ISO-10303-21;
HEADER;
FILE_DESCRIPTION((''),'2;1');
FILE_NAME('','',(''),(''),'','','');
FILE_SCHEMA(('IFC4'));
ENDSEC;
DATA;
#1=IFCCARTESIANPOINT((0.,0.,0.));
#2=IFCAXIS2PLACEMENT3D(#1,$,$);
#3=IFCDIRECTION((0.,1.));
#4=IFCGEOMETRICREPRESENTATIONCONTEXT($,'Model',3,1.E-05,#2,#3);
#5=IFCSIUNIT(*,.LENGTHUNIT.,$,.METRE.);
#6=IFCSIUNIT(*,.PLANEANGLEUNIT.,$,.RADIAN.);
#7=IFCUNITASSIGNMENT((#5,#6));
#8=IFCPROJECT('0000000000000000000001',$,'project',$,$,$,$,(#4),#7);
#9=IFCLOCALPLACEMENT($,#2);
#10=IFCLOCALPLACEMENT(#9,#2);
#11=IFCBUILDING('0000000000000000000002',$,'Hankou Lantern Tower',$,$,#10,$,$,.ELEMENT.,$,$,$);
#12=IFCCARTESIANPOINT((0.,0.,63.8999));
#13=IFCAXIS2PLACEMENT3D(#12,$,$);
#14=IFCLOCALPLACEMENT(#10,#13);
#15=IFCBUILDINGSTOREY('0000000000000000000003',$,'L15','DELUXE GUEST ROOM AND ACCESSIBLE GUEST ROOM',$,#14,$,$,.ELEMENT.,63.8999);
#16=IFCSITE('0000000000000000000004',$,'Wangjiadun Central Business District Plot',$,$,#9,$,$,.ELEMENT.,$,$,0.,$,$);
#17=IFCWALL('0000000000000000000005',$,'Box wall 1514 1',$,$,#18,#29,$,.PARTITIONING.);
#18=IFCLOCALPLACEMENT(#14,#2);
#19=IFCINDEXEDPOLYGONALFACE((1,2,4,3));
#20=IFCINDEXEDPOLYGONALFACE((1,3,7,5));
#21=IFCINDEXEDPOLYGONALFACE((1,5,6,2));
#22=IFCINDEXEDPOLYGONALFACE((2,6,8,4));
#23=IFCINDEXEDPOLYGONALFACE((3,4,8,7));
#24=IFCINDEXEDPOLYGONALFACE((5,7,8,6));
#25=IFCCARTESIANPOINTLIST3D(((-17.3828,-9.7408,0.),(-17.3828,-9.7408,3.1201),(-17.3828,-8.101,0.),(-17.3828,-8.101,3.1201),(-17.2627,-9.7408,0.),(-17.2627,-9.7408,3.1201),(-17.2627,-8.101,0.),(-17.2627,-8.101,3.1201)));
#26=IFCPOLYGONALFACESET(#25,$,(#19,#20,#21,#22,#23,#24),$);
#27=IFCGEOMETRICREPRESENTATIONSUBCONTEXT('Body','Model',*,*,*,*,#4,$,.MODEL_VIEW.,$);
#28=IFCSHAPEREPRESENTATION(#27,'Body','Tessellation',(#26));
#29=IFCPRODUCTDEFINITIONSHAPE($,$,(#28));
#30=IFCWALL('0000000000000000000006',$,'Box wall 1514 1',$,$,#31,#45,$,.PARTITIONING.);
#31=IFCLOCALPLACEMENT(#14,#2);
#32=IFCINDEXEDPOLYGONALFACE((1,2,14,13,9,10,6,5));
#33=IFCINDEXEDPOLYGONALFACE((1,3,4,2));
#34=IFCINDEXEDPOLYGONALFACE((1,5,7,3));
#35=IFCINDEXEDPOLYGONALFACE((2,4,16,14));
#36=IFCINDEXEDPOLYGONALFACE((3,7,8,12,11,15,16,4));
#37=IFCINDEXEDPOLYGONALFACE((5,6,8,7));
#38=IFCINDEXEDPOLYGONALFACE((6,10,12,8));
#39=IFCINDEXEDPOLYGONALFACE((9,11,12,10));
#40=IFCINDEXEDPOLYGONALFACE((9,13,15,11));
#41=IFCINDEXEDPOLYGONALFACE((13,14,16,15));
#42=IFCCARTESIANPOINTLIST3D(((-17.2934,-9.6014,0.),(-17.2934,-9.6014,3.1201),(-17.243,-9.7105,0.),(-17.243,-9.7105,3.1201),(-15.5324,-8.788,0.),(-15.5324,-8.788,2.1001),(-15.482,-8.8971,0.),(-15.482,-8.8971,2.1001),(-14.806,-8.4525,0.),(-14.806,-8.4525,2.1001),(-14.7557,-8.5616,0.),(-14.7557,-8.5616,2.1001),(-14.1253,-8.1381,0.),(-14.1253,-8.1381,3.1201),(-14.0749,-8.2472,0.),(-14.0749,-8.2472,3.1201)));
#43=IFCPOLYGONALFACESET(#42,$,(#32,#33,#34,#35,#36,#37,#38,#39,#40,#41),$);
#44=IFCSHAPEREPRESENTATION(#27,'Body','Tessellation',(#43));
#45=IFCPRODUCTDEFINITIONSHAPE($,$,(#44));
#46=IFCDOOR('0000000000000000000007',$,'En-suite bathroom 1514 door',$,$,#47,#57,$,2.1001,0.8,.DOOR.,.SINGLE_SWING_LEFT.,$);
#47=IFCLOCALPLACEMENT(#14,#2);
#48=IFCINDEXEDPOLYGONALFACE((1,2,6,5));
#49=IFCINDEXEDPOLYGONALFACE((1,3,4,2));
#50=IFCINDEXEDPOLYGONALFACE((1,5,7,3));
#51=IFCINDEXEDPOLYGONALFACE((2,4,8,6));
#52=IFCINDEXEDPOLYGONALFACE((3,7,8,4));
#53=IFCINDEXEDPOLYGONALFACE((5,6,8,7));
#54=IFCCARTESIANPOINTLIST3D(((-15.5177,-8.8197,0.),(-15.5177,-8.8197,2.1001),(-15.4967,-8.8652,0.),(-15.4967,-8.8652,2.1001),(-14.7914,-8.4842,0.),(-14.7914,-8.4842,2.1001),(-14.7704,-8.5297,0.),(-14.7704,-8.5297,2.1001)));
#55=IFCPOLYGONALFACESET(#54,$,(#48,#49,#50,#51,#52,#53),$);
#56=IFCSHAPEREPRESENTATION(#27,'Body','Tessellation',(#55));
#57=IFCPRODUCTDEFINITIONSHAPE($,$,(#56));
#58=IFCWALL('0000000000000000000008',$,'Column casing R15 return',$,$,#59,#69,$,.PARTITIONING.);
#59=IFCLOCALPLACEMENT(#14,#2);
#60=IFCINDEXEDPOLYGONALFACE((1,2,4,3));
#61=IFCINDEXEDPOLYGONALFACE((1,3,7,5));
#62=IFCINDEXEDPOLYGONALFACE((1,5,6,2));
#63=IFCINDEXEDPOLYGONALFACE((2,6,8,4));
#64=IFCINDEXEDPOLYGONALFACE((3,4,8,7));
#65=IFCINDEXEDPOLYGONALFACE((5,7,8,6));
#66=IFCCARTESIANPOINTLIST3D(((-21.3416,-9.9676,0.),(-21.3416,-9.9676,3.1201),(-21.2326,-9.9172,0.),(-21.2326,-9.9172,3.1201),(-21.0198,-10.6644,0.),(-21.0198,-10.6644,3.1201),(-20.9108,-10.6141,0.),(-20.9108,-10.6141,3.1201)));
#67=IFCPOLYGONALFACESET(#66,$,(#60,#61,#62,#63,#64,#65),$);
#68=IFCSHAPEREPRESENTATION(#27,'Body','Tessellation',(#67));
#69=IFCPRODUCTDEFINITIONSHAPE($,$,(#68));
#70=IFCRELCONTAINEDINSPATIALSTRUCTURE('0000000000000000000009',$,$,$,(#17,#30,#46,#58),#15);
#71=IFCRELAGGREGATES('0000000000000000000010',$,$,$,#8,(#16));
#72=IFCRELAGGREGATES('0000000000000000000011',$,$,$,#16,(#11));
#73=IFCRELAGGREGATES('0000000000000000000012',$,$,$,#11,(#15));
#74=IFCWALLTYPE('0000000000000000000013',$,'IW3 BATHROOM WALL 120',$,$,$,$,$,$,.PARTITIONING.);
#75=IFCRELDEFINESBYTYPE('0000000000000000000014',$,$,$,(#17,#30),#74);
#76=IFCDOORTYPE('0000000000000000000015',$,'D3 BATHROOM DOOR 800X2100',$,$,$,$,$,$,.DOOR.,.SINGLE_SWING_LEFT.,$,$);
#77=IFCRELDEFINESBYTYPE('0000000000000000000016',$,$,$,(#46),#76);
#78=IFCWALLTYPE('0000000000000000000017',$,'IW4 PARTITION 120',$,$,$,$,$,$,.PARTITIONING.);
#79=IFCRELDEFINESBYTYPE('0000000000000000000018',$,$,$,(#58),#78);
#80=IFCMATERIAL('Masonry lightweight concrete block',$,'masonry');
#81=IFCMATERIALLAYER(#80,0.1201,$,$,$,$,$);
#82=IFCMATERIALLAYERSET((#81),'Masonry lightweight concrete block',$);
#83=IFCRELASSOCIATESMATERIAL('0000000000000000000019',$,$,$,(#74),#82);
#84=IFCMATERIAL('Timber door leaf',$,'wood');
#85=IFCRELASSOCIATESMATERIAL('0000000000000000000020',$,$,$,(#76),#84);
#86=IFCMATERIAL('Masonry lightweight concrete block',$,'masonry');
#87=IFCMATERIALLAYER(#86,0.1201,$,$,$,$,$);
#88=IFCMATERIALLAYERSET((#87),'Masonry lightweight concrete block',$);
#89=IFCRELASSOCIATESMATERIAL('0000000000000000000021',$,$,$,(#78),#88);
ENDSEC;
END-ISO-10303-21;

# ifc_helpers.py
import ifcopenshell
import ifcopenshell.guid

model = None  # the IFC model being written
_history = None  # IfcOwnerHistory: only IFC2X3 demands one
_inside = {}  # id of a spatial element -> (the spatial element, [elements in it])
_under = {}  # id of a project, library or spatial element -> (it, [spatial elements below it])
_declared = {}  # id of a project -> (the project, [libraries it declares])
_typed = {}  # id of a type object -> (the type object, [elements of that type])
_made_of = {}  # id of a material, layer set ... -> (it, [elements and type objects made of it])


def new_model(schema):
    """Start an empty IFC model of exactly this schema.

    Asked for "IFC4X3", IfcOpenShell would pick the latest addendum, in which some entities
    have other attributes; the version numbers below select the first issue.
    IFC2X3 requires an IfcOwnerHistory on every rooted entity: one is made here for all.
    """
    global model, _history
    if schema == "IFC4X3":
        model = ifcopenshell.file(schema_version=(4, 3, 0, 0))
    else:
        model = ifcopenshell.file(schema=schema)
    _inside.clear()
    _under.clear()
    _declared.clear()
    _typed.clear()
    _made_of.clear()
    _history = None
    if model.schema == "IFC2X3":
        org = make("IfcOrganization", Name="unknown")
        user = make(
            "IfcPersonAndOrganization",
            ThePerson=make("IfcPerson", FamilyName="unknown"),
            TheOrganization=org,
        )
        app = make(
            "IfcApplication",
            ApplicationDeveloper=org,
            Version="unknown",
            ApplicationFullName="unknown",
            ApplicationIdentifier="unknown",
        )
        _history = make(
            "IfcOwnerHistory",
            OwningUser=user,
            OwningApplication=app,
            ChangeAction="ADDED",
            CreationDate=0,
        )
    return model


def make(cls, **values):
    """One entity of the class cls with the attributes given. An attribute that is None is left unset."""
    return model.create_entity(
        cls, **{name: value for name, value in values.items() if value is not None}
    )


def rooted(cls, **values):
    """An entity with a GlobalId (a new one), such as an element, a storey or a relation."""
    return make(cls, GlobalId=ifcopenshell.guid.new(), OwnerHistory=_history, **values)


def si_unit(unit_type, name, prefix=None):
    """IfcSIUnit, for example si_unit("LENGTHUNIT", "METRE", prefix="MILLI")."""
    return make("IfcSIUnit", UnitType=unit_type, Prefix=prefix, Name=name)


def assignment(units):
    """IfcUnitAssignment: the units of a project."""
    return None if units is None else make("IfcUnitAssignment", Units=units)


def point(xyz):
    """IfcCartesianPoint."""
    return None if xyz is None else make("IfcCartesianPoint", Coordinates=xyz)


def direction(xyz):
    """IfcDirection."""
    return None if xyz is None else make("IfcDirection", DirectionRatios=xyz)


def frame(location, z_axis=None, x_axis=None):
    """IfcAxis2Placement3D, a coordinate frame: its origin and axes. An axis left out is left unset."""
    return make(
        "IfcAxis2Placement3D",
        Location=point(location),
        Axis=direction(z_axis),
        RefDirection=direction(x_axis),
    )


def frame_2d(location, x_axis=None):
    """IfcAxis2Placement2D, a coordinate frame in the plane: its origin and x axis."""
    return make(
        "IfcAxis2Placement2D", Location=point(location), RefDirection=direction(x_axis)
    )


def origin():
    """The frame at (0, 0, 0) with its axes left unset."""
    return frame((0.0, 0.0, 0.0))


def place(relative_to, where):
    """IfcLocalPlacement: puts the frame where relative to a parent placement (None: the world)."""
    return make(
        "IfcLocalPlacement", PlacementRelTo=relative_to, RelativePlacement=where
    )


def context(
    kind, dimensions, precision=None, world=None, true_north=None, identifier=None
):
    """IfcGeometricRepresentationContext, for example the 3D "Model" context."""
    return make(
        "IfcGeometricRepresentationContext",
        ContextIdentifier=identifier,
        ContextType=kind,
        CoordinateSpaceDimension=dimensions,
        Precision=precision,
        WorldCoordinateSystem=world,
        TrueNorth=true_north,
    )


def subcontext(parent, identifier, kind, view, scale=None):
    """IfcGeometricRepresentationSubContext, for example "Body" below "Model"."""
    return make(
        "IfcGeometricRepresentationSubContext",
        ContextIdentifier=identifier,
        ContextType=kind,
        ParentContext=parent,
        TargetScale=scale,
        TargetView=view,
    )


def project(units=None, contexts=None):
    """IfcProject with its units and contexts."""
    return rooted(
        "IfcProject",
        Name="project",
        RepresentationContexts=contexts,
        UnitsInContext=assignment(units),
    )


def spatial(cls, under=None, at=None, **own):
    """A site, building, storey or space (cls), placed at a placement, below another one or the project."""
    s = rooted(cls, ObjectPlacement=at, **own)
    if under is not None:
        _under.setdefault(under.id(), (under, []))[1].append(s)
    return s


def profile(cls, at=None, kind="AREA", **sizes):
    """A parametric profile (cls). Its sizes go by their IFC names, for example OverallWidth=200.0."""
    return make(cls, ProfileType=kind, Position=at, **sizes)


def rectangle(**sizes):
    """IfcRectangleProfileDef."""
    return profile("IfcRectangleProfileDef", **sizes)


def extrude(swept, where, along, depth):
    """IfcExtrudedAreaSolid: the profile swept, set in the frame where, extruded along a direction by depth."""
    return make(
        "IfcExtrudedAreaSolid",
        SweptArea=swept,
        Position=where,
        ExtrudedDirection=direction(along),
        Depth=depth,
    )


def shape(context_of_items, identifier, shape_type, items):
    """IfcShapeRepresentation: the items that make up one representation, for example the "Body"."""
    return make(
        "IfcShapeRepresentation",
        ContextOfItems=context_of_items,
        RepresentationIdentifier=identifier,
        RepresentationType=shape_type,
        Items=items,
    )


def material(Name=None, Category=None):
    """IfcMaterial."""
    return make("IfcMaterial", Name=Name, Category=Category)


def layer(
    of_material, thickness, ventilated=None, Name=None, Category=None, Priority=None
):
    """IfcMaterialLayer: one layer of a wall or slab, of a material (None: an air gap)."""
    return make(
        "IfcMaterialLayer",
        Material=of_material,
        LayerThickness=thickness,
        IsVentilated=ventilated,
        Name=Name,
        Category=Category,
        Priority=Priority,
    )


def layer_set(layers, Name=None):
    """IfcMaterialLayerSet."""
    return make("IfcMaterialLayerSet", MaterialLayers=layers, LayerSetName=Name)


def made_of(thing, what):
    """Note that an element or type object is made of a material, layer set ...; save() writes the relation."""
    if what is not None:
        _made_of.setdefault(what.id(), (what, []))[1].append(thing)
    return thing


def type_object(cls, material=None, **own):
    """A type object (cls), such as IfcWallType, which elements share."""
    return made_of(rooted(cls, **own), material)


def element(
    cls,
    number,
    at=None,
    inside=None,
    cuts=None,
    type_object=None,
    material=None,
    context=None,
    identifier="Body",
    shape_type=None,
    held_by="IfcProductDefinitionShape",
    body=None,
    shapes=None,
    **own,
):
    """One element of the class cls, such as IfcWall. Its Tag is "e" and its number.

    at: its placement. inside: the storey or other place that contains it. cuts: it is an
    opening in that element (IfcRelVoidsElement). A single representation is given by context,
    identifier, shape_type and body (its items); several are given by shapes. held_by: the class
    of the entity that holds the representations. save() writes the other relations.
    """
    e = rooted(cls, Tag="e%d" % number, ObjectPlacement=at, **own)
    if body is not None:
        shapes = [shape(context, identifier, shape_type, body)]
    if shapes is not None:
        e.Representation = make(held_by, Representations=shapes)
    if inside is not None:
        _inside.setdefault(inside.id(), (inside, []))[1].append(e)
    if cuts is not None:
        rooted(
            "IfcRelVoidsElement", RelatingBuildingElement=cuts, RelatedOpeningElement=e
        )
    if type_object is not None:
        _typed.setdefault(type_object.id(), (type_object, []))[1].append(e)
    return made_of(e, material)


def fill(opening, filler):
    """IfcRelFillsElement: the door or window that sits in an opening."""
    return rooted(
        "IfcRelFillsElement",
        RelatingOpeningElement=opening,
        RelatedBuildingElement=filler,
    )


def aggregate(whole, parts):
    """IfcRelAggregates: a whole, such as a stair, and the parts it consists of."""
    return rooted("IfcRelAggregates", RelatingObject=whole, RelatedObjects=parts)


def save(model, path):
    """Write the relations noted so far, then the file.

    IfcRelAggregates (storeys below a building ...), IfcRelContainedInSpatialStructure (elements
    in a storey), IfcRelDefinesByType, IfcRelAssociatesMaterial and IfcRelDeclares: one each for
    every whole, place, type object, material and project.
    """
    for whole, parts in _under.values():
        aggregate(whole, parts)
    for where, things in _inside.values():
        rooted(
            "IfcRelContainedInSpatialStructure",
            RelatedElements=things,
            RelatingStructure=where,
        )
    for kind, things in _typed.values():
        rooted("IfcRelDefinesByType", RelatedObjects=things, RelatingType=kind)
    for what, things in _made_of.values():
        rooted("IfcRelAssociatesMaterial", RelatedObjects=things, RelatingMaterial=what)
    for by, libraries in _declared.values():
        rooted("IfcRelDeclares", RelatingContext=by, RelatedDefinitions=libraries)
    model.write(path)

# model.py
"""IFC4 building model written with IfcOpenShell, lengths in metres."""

from ifc_helpers import new_model, si_unit, direction, frame, frame_2d, origin, place, context, subcontext, project, spatial, rectangle, extrude, material, layer, layer_set, type_object, element, fill, save


model = new_model("IFC4")

# Units and contexts
model_context = context("Model", 3, precision=1e-05, world=origin(), true_north=direction((0.0, 1.0)))
body_context = subcontext(model_context, "Body", "Model", "MODEL_VIEW")
ifc_project = project(units=[si_unit("LENGTHUNIT", "METRE"), si_unit("PLANEANGLEUNIT", "RADIAN")], contexts=[model_context])

# Site, building, storey
site_placement = place(None, origin())
site = spatial("IfcSite", under=ifc_project, at=site_placement, Name="Wangjiadun Central Business District Plot", CompositionType="ELEMENT", RefElevation=0.0)
building_placement = place(site_placement, origin())
building = spatial("IfcBuilding", under=site, at=building_placement, Name="Hankou Lantern Tower", CompositionType="ELEMENT")
storey_placement = place(building_placement, frame((0.0, 0.0, 63.8999)))
storey = spatial("IfcBuildingStorey", under=building, at=storey_placement, Name="L15", Description="DELUXE GUEST ROOM AND ACCESSIBLE GUEST ROOM", CompositionType="ELEMENT", Elevation=63.8999)

# Shared definitions
ifc_material_1 = material(Name="Masonry lightweight concrete block", Category="masonry")
ifc_layer_1 = layer(ifc_material_1, 0.1201)
ifc_layer_set_1 = layer_set([ifc_layer_1], Name="Masonry lightweight concrete block")
wall_type_1 = type_object("IfcWallType", Name="IW3 BATHROOM WALL 120", PredefinedType="PARTITIONING", material=ifc_layer_set_1)

# Wall
wall_1_placement = place(storey_placement, frame((-17.3228, -8.1011, 0.0), z_axis=(0.0, 0.0, 1.0), x_axis=(0.0, -1.0, 0.0)))
element("IfcWall", 1, at=wall_1_placement, inside=storey, type_object=wall_type_1, Name="Box wall 1514 1", PredefinedType="PARTITIONING", context=body_context, shape_type="SweptSolid", body=[
    extrude(rectangle(XDim=1.6399, YDim=0.1201, at=frame_2d((0.8198, 0.0))), origin(), (0.0, 0.0, 1.0), 3.1201),
])

# Wall, opening, door
wall_2_placement = place(storey_placement, frame((-14.1001, -8.1926, 0.0), z_axis=(0.0, 0.0, 1.0), x_axis=(-0.907836, -0.419324, 0.0)))
wall_2 = element("IfcWall", 2, at=wall_2_placement, inside=storey, type_object=wall_type_1, Name="Box wall 1514 1", PredefinedType="PARTITIONING", context=body_context, shape_type="SweptSolid", body=[
    extrude(rectangle(XDim=3.4897, YDim=0.1201, at=frame_2d((1.7449, 0.0))), origin(), (0.0, 0.0, 1.0), 3.1201),
])
opening_1_placement = place(wall_2_placement, frame((0.75, 0.0, 0.0)))
opening_1 = element("IfcOpeningElement", 3, at=opening_1_placement, cuts=wall_2, PredefinedType="OPENING", context=body_context, shape_type="SweptSolid", body=[
    extrude(rectangle(XDim=0.8, YDim=2.1001, at=frame_2d((0.3999, 1.05))), frame((0.0, 0.0701, 0.0), z_axis=(0.0, -1.0, 0.0), x_axis=(1.0, 0.0, 0.0)), (0.0, 0.0, 1.0), 0.1401),
])
ifc_material_2 = material(Name="Timber door leaf", Category="wood")
door_type_1 = type_object("IfcDoorType", Name="D3 BATHROOM DOOR 800X2100", OperationType="SINGLE_SWING_LEFT", PredefinedType="DOOR", material=ifc_material_2)
door_1_placement = place(opening_1_placement, origin())
door_1 = element("IfcDoor", 4, at=door_1_placement, inside=storey, type_object=door_type_1, Name="En-suite bathroom 1514 door", OperationType="SINGLE_SWING_LEFT", OverallHeight=2.1001, OverallWidth=0.8, PredefinedType="DOOR", context=body_context, shape_type="SweptSolid", body=[
    extrude(rectangle(XDim=0.8, YDim=2.1001, at=frame_2d((0.3999, 1.05))), frame((0.0, 0.0249, 0.0), z_axis=(0.0, -1.0, 0.0), x_axis=(1.0, 0.0, 0.0)), (0.0, 0.0, 1.0), 0.05),
])
fill(opening_1, door_1)

# Wall
ifc_material_3 = material(Name="Masonry lightweight concrete block", Category="masonry")
ifc_layer_2 = layer(ifc_material_3, 0.1201)
ifc_layer_set_2 = layer_set([ifc_layer_2], Name="Masonry lightweight concrete block")
wall_type_2 = type_object("IfcWallType", Name="IW4 PARTITION 120", PredefinedType="PARTITIONING", material=ifc_layer_set_2)
wall_3_placement = place(storey_placement, frame((-21.2871, -9.9424, 0.0), z_axis=(0.0, 0.0, 1.0), x_axis=(0.41926, -0.907866, 0.0)))
element("IfcWall", 5, at=wall_3_placement, inside=storey, type_object=wall_type_2, Name="Column casing R15 return", PredefinedType="PARTITIONING", context=body_context, shape_type="SweptSolid", body=[
    extrude(rectangle(XDim=0.7676, YDim=0.1201, at=frame_2d((0.3838, 0.0))), origin(), (0.0, 0.0, 1.0), 3.1201),
])

save(model, "model.ifc")
